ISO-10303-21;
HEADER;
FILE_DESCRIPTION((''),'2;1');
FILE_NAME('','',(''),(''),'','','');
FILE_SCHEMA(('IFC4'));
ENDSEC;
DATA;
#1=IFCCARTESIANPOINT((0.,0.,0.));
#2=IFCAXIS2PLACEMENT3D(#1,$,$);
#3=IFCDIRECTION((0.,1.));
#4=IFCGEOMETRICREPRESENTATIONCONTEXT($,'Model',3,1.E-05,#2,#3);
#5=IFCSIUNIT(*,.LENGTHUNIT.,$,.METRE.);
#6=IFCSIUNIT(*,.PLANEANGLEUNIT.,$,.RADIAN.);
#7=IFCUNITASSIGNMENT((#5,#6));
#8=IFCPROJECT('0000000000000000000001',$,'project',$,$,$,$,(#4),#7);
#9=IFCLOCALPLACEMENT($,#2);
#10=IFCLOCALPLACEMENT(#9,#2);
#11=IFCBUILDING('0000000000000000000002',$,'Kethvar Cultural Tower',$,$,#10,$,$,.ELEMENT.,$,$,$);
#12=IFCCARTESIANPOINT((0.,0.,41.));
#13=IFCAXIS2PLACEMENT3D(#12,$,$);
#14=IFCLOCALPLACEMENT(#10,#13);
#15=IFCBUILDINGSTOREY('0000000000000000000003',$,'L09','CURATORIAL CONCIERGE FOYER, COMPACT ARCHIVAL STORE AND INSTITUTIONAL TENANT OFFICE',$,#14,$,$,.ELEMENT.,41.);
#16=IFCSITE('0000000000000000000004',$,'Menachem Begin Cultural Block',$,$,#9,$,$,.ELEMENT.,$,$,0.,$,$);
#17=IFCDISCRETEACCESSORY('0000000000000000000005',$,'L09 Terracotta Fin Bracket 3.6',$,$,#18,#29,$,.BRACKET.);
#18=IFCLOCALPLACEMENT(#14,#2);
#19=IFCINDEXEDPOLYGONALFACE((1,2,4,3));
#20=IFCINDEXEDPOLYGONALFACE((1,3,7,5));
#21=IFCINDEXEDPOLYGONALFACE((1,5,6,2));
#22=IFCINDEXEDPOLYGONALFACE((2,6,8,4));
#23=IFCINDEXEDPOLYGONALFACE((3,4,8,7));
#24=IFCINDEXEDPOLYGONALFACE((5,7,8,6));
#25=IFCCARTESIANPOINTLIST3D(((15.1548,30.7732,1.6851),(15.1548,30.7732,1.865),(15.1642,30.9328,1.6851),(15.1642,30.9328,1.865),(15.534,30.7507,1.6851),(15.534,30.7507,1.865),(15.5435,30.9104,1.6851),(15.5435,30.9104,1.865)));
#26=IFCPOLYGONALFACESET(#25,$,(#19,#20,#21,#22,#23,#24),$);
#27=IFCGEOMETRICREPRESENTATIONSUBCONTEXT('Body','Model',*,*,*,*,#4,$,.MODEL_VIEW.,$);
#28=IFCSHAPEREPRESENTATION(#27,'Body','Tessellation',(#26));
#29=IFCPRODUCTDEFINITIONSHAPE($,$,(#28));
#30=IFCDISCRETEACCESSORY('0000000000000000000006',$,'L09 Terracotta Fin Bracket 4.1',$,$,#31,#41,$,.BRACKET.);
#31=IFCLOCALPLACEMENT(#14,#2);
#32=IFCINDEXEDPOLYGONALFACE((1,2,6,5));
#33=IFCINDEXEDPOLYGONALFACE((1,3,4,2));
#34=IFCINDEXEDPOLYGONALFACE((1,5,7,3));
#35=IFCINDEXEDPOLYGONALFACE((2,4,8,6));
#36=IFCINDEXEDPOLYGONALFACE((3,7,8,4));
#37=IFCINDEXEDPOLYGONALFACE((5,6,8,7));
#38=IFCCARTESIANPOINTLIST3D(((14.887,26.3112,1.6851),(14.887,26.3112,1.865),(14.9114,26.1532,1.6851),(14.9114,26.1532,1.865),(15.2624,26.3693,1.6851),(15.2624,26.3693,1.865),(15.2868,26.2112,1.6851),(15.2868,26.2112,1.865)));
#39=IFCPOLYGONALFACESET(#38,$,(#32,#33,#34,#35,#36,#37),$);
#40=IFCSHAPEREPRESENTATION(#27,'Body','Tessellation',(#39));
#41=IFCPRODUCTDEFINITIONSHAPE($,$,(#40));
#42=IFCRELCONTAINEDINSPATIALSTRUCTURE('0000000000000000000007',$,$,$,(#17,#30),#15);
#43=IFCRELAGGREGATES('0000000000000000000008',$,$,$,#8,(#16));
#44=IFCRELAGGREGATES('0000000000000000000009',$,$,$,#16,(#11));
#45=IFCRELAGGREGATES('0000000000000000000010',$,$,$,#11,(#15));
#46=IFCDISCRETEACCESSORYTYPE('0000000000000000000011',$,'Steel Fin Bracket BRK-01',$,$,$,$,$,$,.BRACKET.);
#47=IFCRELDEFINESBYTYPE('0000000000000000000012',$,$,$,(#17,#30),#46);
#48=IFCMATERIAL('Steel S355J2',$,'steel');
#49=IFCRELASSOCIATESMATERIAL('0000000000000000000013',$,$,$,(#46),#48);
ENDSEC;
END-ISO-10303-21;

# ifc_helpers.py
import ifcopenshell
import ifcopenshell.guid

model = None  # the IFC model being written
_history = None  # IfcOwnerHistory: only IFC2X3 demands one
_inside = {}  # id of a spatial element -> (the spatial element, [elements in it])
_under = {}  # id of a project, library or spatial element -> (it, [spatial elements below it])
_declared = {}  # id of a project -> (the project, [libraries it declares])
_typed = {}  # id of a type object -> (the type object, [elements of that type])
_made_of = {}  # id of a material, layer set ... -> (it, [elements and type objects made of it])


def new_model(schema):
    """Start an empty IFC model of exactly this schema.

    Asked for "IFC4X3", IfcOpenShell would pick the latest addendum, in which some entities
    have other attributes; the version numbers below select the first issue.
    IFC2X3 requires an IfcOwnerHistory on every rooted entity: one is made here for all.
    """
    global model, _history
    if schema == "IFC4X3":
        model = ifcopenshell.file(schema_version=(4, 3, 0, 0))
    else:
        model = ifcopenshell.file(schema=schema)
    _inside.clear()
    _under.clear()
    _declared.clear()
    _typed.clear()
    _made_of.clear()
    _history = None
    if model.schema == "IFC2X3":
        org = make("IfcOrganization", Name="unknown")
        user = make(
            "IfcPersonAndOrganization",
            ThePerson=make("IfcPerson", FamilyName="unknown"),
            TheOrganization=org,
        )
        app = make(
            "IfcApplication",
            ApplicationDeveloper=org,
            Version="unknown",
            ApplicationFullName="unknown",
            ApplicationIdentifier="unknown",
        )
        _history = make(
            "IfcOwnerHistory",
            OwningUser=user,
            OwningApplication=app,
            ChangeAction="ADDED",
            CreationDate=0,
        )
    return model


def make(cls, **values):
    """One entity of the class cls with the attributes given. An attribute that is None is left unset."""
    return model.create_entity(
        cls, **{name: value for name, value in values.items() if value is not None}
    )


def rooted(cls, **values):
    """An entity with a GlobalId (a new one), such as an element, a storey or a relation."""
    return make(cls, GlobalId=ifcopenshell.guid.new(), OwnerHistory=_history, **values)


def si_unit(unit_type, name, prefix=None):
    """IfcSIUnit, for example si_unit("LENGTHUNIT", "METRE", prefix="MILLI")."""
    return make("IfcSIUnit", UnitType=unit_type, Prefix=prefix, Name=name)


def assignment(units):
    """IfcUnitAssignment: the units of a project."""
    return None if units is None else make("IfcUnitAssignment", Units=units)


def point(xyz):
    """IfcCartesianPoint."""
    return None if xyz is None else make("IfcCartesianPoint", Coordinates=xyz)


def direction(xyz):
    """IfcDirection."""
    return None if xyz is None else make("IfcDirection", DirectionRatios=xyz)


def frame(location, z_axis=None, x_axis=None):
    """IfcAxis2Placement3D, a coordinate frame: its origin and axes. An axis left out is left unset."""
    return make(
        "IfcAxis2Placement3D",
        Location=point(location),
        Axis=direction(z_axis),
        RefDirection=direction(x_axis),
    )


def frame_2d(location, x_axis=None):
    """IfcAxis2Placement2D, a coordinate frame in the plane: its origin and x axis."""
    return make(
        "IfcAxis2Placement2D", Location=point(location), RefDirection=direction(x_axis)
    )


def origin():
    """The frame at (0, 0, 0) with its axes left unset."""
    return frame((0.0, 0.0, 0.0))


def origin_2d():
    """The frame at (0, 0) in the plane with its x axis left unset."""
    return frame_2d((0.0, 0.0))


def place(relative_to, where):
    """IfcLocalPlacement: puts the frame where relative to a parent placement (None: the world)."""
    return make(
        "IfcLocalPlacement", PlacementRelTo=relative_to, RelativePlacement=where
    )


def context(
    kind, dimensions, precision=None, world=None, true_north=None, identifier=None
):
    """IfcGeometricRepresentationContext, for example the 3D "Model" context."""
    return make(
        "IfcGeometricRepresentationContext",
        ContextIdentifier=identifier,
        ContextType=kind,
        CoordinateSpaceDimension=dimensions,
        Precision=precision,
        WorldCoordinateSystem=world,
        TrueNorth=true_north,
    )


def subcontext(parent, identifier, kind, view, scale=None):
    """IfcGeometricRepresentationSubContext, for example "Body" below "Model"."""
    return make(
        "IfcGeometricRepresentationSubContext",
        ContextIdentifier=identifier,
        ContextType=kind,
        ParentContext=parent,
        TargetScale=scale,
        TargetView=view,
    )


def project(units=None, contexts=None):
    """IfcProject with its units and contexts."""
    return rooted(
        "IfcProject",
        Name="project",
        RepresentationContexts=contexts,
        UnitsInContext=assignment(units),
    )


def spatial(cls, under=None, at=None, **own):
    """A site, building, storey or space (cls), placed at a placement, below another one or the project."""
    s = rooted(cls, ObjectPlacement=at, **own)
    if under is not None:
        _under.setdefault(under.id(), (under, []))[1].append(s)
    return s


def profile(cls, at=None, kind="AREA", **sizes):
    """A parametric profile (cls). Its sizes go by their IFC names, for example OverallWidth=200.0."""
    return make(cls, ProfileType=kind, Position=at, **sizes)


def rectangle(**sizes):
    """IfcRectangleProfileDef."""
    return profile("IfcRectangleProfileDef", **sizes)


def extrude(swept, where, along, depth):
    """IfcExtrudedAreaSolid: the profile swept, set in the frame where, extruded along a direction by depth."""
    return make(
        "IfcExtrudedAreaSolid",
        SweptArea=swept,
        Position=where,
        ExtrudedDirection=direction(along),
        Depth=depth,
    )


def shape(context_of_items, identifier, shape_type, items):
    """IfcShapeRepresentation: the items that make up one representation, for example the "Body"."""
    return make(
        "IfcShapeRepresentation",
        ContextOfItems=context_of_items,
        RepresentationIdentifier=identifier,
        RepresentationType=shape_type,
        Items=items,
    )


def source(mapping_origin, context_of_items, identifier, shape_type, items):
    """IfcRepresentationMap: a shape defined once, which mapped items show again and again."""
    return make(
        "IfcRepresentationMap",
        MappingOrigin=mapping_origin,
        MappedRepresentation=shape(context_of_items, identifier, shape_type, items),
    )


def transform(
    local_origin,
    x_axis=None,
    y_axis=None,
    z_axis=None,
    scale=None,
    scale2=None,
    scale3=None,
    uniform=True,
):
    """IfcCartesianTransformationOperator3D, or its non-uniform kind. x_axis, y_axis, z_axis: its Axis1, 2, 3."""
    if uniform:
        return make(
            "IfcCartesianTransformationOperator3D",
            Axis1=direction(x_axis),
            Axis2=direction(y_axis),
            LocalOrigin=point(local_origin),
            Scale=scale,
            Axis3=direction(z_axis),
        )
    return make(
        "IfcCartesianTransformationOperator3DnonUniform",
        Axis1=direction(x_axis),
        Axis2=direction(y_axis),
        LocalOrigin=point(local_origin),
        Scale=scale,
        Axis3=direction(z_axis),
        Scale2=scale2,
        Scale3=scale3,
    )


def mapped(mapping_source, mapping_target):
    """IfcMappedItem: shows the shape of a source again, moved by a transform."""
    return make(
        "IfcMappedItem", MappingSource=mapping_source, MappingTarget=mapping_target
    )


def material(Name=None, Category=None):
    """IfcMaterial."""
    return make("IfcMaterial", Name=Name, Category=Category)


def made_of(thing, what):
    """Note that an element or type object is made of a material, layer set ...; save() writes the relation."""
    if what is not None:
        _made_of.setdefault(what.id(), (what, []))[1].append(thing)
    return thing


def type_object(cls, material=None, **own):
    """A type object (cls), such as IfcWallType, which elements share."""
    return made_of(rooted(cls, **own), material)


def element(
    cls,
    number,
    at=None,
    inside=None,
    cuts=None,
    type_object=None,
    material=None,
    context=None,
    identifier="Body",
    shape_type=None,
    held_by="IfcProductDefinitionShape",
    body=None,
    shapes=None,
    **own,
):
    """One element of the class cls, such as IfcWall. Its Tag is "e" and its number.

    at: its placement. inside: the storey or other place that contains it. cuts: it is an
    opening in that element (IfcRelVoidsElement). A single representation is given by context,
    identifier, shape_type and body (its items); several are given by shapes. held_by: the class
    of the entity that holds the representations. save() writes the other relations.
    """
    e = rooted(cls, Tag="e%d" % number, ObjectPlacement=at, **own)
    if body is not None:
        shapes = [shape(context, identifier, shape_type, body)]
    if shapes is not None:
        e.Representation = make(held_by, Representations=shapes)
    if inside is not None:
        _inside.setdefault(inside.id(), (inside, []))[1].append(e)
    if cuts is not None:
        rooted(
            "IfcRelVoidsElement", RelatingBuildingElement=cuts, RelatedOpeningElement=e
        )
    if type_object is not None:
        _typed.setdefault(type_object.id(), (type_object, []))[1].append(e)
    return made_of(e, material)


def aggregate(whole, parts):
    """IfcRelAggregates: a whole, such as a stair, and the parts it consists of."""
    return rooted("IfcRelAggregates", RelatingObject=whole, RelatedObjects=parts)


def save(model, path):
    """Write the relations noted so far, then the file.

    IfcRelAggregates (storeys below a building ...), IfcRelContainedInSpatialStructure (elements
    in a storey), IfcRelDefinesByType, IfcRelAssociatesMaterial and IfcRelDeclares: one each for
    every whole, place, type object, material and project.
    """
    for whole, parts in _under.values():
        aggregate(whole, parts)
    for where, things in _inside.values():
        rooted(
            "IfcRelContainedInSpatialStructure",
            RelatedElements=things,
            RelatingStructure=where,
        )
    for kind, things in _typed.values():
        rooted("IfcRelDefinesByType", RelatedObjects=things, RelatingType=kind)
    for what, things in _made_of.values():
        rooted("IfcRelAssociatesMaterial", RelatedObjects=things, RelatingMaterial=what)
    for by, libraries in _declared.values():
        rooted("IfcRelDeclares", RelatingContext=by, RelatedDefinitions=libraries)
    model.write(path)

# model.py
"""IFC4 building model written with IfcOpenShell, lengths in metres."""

from ifc_helpers import new_model, si_unit, direction, frame, origin, origin_2d, place, context, subcontext, project, spatial, rectangle, extrude, source, transform, mapped, material, type_object, element, save


model = new_model("IFC4")

# Units and contexts
model_context = context("Model", 3, precision=1e-05, world=origin(), true_north=direction((0.0, 1.0)))
body_context = subcontext(model_context, "Body", "Model", "MODEL_VIEW")
ifc_project = project(units=[si_unit("LENGTHUNIT", "METRE"), si_unit("PLANEANGLEUNIT", "RADIAN")], contexts=[model_context])

# Site, building, storey
site_placement = place(None, origin())
site = spatial("IfcSite", under=ifc_project, at=site_placement, Name="Menachem Begin Cultural Block", CompositionType="ELEMENT", RefElevation=0.0)
building_placement = place(site_placement, origin())
building = spatial("IfcBuilding", under=site, at=building_placement, Name="Kethvar Cultural Tower", CompositionType="ELEMENT")
storey_placement = place(building_placement, frame((0.0, 0.0, 41.0)))
storey = spatial("IfcBuildingStorey", under=building, at=storey_placement, Name="L09", Description="CURATORIAL CONCIERGE FOYER, COMPACT ARCHIVAL STORE AND INSTITUTIONAL TENANT OFFICE", CompositionType="ELEMENT", Elevation=41.0)

# Shared definitions
ifc_material_1 = material(Name="Steel S355J2", Category="steel")

# Discrete accessories
discrete_accessory_type = type_object("IfcDiscreteAccessoryType", Name="Steel Fin Bracket BRK-01", PredefinedType="BRACKET", material=ifc_material_1)
shared_shape_1 = source(origin(), body_context, "Body", "SweptSolid", [
    extrude(rectangle(XDim=0.3799, YDim=0.1599, at=origin_2d()), origin(), (0.0, 0.0, 1.0), 0.1799),
])
for number, where, z_axis, x_axis, name in (
    (1, (15.3491, 30.8418, 1.6851), (0.0, 0.0, 1.0), (-0.99825, 0.059132, 0.0), "L09 Terracotta Fin Bracket 3.6"),
    (2, (15.0869, 26.2612, 1.6851), (0.0, 0.0, 1.0), (-0.988255, -0.152813, 0.0), "L09 Terracotta Fin Bracket 4.1"),
):
    element("IfcDiscreteAccessory", number, at=place(storey_placement, frame(where, z_axis=z_axis, x_axis=x_axis)), inside=storey, type_object=discrete_accessory_type, Name=name, PredefinedType="BRACKET", context=body_context, shape_type="MappedRepresentation", body=[
        mapped(shared_shape_1, transform((0.0, 0.0, 0.0), scale=1.0)),
    ])

save(model, "model.ifc")
